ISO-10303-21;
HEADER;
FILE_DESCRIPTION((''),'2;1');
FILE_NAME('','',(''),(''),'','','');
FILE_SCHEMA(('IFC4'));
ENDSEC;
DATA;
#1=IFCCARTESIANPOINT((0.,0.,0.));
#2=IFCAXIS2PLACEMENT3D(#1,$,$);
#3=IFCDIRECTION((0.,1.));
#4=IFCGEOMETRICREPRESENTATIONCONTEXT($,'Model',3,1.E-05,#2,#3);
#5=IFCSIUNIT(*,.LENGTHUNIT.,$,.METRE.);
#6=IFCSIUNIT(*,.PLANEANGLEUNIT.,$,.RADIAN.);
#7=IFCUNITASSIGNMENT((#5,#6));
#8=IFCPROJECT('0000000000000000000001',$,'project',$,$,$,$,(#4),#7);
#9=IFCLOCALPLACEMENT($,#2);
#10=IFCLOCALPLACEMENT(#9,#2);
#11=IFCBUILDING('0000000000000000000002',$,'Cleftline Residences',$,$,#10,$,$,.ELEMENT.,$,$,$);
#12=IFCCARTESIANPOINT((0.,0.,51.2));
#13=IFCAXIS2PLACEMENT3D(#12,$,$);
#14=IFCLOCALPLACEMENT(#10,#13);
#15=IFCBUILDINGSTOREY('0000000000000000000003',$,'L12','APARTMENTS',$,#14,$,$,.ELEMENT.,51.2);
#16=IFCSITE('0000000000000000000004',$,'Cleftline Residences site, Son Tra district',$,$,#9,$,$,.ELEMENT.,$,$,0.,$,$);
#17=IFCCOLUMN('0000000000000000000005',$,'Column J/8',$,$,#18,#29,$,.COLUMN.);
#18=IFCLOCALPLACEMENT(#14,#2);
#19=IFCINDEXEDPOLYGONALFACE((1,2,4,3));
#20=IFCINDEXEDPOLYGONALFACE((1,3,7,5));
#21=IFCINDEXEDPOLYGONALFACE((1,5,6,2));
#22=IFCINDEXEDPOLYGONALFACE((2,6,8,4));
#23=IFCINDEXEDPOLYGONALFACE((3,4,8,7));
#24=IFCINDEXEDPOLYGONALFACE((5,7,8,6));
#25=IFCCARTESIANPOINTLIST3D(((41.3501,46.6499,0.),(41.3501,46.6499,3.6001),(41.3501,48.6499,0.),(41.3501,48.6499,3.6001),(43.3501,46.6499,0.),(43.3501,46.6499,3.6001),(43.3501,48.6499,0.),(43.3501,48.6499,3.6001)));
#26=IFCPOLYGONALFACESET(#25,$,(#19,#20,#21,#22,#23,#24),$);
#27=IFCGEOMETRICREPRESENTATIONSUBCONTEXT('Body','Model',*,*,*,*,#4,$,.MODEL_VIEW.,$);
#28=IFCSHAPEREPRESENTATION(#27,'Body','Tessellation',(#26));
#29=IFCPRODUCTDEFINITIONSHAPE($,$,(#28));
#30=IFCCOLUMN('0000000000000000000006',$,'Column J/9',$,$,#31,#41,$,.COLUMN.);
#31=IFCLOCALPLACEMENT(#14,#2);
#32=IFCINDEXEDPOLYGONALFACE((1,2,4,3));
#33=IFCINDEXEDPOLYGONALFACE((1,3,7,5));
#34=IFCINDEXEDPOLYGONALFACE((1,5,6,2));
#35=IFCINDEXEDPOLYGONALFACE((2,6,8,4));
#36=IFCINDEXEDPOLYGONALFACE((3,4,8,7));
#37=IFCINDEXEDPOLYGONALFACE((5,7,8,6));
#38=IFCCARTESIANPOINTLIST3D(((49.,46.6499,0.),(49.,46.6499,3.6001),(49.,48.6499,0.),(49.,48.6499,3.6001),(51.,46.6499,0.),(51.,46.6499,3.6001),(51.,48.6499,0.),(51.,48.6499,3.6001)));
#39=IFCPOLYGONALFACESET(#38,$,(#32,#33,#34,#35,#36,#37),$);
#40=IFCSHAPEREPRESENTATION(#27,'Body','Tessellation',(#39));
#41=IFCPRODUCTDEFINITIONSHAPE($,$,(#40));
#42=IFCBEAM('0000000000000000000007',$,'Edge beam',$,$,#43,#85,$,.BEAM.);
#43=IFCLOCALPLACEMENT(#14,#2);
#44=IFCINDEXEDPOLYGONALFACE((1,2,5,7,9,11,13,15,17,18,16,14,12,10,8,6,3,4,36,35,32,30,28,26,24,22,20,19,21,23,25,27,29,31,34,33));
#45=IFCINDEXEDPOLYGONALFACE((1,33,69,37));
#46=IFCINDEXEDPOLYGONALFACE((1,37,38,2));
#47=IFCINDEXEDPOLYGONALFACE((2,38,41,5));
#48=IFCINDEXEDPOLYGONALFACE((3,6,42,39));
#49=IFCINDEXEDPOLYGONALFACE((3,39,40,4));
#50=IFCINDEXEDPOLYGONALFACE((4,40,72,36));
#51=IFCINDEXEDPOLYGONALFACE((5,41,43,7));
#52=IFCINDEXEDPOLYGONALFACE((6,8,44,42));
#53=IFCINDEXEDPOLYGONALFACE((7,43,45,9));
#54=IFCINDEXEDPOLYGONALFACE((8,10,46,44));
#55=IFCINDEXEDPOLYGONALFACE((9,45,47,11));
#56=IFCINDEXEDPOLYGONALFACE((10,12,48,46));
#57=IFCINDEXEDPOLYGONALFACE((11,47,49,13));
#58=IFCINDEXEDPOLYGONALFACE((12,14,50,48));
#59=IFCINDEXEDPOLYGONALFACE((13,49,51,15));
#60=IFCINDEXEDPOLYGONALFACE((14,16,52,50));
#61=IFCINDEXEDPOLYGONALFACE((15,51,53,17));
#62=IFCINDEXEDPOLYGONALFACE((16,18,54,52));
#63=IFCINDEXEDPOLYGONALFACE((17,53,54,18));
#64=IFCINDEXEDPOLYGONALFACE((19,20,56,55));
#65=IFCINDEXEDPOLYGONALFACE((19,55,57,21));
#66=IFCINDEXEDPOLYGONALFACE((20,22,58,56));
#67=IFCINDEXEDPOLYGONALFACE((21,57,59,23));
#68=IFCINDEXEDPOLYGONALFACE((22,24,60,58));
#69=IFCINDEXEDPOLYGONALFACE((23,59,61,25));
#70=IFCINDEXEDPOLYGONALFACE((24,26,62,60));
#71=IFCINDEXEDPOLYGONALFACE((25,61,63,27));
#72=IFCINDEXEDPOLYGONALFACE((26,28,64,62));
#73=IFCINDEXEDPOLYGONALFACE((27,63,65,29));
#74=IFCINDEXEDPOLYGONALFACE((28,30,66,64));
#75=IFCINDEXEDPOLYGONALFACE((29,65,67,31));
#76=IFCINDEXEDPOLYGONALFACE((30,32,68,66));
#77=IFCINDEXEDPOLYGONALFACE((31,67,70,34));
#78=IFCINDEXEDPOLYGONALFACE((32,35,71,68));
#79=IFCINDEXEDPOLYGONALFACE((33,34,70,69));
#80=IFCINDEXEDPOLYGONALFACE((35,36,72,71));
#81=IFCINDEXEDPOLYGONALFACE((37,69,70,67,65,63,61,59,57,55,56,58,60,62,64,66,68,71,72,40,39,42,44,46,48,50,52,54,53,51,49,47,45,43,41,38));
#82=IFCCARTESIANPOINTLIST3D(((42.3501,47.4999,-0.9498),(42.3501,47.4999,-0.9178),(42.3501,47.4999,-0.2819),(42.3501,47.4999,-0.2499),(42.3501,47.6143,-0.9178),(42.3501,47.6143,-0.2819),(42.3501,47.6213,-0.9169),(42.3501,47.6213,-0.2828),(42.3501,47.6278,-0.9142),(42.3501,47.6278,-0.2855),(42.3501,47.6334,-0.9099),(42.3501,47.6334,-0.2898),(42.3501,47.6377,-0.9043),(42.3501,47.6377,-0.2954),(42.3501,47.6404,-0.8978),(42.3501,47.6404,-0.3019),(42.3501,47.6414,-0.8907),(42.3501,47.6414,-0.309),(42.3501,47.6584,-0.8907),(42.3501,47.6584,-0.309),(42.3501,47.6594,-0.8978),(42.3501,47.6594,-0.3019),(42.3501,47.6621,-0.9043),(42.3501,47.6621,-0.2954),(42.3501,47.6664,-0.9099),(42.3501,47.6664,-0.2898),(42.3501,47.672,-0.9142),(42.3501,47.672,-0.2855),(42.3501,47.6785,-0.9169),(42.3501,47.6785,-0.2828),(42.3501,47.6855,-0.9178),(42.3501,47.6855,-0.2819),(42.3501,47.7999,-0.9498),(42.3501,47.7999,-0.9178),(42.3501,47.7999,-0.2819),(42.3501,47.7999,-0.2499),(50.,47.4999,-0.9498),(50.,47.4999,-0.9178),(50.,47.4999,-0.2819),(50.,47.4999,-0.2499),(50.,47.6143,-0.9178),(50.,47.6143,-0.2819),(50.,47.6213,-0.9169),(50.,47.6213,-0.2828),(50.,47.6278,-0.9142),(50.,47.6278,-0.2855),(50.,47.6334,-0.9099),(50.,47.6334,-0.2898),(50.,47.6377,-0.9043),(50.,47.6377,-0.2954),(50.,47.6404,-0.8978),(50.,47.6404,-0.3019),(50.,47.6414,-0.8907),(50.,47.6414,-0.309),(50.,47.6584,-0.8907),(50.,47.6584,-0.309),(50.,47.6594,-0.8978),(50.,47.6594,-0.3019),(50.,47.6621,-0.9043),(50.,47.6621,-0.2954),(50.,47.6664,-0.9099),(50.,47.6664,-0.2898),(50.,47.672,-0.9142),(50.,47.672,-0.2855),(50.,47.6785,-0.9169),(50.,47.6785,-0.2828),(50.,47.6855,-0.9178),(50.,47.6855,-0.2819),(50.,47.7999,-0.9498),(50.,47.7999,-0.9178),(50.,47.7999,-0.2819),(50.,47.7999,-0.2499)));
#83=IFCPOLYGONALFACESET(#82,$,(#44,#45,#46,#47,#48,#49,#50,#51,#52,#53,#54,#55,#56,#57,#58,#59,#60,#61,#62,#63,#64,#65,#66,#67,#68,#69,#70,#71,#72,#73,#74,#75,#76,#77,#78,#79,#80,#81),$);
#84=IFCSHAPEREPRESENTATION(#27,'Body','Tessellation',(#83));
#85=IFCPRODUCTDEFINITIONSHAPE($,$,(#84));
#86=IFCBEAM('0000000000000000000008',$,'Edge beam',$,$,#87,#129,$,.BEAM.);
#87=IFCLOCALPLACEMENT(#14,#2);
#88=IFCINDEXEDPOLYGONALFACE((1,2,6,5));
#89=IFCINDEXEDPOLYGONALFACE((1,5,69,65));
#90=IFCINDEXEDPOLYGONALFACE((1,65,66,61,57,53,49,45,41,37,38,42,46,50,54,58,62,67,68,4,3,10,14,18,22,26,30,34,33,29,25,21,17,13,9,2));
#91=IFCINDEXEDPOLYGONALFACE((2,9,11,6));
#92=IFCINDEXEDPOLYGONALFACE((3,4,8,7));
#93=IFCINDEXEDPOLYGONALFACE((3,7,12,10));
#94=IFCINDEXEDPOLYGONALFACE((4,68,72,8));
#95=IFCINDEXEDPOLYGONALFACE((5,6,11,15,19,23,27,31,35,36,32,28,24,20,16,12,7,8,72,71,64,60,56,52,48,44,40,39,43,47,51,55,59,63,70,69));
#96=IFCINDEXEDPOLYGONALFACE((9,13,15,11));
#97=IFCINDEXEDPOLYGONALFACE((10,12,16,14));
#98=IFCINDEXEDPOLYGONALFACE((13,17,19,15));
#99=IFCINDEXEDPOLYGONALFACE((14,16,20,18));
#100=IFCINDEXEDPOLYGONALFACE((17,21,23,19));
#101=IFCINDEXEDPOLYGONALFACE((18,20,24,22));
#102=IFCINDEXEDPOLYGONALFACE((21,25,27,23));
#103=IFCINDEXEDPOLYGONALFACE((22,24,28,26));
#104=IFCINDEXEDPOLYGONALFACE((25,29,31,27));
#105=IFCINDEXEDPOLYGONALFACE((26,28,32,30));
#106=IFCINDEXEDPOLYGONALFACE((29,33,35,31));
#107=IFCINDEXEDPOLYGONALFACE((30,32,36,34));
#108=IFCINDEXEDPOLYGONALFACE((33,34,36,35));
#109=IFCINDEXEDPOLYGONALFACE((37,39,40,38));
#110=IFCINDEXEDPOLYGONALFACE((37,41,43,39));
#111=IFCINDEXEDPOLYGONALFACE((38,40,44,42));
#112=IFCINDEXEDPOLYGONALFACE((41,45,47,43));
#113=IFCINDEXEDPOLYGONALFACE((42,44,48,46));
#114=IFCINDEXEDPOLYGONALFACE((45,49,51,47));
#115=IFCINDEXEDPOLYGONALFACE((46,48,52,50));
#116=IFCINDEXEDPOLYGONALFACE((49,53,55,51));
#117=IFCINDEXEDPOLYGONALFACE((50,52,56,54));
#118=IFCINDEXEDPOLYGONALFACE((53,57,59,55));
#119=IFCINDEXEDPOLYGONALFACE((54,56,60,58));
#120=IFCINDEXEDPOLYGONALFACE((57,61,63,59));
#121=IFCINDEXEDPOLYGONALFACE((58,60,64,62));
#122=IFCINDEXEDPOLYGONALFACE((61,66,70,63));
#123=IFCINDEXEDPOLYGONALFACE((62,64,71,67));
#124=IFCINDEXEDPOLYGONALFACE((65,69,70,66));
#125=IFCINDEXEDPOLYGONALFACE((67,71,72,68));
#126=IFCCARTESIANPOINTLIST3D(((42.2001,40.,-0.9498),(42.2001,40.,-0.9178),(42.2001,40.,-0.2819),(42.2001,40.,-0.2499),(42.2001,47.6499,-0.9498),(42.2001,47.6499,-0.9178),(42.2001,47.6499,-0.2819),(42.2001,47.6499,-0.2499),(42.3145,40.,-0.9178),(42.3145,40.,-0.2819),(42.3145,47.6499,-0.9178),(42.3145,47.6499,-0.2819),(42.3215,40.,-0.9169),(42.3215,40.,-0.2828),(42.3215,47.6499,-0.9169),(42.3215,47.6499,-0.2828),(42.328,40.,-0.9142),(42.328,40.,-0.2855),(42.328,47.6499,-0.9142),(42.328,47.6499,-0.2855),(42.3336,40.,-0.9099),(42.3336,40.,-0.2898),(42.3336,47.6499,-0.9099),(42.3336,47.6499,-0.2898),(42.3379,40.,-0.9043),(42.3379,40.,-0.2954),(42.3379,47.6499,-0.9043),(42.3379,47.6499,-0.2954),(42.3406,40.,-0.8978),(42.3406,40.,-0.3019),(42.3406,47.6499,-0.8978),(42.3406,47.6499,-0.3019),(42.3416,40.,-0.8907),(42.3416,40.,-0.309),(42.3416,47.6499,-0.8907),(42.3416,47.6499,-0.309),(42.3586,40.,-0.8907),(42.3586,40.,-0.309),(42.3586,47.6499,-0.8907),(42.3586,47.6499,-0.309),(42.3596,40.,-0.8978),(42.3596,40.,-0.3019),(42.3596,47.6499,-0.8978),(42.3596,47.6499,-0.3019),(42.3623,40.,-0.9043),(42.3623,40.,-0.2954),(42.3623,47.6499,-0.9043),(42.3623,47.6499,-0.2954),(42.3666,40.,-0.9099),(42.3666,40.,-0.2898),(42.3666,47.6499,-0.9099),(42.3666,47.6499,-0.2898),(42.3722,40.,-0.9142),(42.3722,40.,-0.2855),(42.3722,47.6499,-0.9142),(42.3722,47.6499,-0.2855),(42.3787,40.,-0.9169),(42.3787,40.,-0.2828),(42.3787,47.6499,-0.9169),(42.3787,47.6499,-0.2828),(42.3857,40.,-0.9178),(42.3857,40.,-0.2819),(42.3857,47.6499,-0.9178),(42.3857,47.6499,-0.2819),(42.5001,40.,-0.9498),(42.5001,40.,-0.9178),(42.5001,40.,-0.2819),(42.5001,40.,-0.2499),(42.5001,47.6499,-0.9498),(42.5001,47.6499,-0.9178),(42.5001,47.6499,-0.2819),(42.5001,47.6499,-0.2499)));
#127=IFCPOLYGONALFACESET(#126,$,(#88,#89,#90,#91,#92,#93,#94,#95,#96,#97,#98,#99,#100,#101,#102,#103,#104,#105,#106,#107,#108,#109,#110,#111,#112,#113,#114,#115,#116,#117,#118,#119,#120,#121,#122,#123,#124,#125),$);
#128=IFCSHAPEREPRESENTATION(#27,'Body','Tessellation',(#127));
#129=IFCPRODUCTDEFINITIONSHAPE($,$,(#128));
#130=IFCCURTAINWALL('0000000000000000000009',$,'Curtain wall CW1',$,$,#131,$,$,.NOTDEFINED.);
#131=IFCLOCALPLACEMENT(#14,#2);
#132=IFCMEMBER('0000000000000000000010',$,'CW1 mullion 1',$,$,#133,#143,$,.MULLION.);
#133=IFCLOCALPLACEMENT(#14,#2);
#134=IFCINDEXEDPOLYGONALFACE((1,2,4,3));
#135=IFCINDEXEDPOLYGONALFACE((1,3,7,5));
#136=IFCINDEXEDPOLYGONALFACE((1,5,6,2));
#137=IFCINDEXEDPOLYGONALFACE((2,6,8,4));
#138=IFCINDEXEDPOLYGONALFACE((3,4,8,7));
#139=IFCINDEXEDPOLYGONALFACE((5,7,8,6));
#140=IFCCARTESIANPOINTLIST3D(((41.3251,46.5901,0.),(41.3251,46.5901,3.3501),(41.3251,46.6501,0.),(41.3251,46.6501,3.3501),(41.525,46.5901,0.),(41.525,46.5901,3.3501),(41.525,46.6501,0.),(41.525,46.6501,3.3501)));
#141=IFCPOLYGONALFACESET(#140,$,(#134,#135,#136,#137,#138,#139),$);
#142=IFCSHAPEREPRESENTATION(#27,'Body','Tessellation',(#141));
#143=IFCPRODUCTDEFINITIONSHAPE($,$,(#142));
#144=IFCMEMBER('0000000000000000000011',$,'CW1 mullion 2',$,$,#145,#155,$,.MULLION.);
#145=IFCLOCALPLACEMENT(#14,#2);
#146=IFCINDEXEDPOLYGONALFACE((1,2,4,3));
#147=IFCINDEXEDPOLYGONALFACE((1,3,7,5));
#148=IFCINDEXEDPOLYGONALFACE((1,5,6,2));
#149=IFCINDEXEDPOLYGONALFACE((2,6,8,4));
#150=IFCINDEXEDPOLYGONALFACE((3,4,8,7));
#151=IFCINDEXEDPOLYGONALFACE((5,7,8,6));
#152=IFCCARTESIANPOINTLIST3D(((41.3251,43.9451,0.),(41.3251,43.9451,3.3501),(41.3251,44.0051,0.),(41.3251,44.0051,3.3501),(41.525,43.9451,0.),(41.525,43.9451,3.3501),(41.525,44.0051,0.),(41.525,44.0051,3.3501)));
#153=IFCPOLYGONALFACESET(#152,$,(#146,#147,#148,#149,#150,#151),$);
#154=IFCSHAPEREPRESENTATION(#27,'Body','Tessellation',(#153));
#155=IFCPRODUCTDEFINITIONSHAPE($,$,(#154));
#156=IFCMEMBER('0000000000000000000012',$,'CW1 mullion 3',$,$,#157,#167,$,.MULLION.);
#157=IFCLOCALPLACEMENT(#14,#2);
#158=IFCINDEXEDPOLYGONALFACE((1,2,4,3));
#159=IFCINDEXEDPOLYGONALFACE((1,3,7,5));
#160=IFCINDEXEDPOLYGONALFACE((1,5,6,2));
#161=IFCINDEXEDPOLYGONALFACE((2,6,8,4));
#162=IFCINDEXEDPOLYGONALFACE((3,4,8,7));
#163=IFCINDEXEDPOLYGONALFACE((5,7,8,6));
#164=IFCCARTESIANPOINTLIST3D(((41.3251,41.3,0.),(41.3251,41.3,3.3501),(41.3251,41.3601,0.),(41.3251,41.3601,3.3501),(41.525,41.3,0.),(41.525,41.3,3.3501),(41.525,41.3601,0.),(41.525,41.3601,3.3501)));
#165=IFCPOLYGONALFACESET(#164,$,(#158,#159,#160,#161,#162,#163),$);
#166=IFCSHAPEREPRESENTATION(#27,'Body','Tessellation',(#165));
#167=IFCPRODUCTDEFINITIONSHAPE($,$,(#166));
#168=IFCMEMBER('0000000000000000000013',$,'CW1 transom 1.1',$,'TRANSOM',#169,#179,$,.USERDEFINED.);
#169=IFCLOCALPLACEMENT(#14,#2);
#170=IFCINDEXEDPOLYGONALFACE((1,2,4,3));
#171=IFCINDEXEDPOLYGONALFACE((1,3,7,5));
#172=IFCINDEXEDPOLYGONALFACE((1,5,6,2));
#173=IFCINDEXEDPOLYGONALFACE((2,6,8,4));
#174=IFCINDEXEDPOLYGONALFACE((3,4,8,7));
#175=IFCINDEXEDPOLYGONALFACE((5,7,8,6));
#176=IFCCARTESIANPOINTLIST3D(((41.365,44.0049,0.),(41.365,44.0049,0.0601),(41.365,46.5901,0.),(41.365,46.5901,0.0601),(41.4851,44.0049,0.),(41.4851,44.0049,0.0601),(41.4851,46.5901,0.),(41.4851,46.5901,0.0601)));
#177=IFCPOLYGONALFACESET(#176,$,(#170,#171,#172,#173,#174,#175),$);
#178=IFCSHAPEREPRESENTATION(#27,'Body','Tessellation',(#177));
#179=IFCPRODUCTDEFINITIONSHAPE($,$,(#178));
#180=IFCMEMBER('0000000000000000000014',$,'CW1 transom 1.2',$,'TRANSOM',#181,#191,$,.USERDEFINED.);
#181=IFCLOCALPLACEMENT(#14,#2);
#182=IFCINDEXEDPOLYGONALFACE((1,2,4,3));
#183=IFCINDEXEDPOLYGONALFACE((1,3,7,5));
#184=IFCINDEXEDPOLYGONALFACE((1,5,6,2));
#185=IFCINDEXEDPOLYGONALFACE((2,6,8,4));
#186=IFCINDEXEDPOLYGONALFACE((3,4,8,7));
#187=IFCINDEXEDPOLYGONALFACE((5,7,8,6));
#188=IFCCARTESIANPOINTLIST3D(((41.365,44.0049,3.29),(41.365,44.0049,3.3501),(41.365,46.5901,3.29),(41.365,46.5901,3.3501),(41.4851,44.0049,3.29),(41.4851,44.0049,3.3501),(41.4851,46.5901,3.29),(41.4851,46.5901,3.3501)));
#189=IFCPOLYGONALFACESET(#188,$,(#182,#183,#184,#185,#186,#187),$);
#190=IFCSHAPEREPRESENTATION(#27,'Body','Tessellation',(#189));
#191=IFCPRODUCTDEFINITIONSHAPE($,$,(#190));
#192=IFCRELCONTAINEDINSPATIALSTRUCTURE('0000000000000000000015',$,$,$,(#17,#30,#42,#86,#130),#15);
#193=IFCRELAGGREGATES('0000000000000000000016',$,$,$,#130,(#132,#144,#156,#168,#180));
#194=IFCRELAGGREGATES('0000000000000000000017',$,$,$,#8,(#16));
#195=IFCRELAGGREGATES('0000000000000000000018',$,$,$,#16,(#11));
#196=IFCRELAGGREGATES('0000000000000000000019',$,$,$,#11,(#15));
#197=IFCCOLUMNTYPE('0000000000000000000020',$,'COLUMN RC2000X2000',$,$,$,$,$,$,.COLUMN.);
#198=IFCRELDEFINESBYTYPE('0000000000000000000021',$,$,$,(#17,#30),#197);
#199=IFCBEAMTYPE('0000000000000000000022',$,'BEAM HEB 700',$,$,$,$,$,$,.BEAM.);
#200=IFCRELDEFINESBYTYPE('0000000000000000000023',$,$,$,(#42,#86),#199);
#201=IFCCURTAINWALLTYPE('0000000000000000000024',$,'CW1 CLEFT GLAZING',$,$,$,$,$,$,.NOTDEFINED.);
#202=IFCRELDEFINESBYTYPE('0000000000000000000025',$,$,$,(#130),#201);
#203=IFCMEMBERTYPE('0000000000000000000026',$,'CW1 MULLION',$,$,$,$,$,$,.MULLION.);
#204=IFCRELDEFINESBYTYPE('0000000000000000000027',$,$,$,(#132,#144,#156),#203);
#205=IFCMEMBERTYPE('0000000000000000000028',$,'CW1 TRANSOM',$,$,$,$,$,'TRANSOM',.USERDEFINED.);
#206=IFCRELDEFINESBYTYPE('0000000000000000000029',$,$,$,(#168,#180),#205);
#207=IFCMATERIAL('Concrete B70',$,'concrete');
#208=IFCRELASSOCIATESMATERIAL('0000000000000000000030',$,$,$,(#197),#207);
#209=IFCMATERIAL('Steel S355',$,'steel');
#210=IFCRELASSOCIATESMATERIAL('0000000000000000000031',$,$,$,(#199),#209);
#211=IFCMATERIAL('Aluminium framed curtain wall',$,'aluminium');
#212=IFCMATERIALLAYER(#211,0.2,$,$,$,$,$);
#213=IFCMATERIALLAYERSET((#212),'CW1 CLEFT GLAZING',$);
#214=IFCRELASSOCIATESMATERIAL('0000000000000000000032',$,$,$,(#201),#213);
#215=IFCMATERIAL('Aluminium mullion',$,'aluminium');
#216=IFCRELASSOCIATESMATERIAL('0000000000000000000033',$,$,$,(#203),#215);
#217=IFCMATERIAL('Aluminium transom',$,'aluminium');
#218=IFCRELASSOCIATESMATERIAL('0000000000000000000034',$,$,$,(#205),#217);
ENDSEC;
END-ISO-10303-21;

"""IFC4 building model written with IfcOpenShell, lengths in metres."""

from ifc_helpers import new_model, si_unit, direction, frame, origin, origin_2d, place, context, subcontext, project, spatial, rectangle, i_section, extrude, material, layer, layer_set, material_profile, profile_set, type_object, element, aggregate, save


model = new_model("IFC4")

# Units and contexts
model_context = context("Model", 3, precision=1e-05, world=origin(), true_north=direction((0.0, 1.0)))
body_context = subcontext(model_context, "Body", "Model", "MODEL_VIEW")
ifc_project = project(units=[si_unit("LENGTHUNIT", "METRE"), si_unit("PLANEANGLEUNIT", "RADIAN")], contexts=[model_context])

# Site, building, storey
site_placement = place(None, origin())
site = spatial("IfcSite", under=ifc_project, at=site_placement, Name="Cleftline Residences site, Son Tra district", CompositionType="ELEMENT", RefElevation=0.0)
building_placement = place(site_placement, origin())
building = spatial("IfcBuilding", under=site, at=building_placement, Name="Cleftline Residences", CompositionType="ELEMENT")
storey_placement = place(building_placement, frame((0.0, 0.0, 51.2)))
storey = spatial("IfcBuildingStorey", under=building, at=storey_placement, Name="L12", Description="APARTMENTS", CompositionType="ELEMENT", Elevation=51.2)

# Columns
ifc_material_1 = material(Name="Concrete B70", Category="concrete")
ifc_material_profile_1 = material_profile(ifc_material_1, rectangle(XDim=2.0, YDim=2.0, at=origin_2d()))
ifc_profile_set_1 = profile_set([ifc_material_profile_1], Name="Concrete B70")
column_type = type_object("IfcColumnType", Name="COLUMN RC2000X2000", PredefinedType="COLUMN", material=ifc_profile_set_1)
for number, where, z_axis, x_axis, name in (
    (1, (42.3501, 47.6499, 0.0), (0.0, 0.0, 1.0), (1.0, 0.0, 0.0), "Column J/8"),
    (2, (50.0, 47.6499, 0.0), (0.0, 0.0, 1.0), (1.0, 0.0, 0.0), "Column J/9"),
):
    element("IfcColumn", number, at=place(storey_placement, frame(where, z_axis=z_axis, x_axis=x_axis)), inside=storey, type_object=column_type, Name=name, PredefinedType="COLUMN", context=body_context, shape_type="SweptSolid", body=[
        extrude(rectangle(XDim=2.0, YDim=2.0, at=origin_2d()), origin(), (0.0, 0.0, 1.0), 3.6001),
    ])

# Beams
ifc_material_2 = material(Name="Steel S355", Category="steel")
ifc_material_profile_2 = material_profile(ifc_material_2, i_section(OverallWidth=0.3, OverallDepth=0.7, WebThickness=0.0171, FlangeThickness=0.032, FilletRadius=0.0271, at=origin_2d()))
ifc_profile_set_2 = profile_set([ifc_material_profile_2], Name="Steel S355")
beam_type = type_object("IfcBeamType", Name="BEAM HEB 700", PredefinedType="BEAM", material=ifc_profile_set_2)
for number, where, z_axis, x_axis, name in (
    (3, (50.0, 47.6499, -0.5999), (-1.0, 0.0, 0.0), (0.0, -1.0, 0.0), "Edge beam"),
    (4, (42.3501, 47.6499, -0.5999), (0.0, -1.0, 0.0), (1.0, 0.0, 0.0), "Edge beam"),
):
    element("IfcBeam", number, at=place(storey_placement, frame(where, z_axis=z_axis, x_axis=x_axis)), inside=storey, type_object=beam_type, Name=name, PredefinedType="BEAM", context=body_context, shape_type="SweptSolid", body=[
        extrude(i_section(OverallWidth=0.3, OverallDepth=0.7, WebThickness=0.0171, FlangeThickness=0.032, FilletRadius=0.0271, at=origin_2d()), origin(), (0.0, 0.0, 1.0), 7.6499),
    ])

# Curtain wall, members
ifc_material_3 = material(Name="Aluminium framed curtain wall", Category="aluminium")
ifc_layer_1 = layer(ifc_material_3, 0.2)
ifc_layer_set_1 = layer_set([ifc_layer_1], Name="CW1 CLEFT GLAZING")
curtain_wall_type = type_object("IfcCurtainWallType", Name="CW1 CLEFT GLAZING", PredefinedType="NOTDEFINED", material=ifc_layer_set_1)
curtain_wall_placement = place(storey_placement, origin())
curtain_wall = element("IfcCurtainWall", 5, at=curtain_wall_placement, inside=storey, type_object=curtain_wall_type, Name="Curtain wall CW1", PredefinedType="NOTDEFINED")
ifc_material_4 = material(Name="Aluminium mullion", Category="aluminium")
ifc_material_profile_3 = material_profile(ifc_material_4, rectangle(XDim=0.2, YDim=0.0601, at=origin_2d()))
ifc_profile_set_3 = profile_set([ifc_material_profile_3], Name="Aluminium mullion")
member_type_1 = type_object("IfcMemberType", Name="CW1 MULLION", PredefinedType="MULLION", material=ifc_profile_set_3)
member_1_placement = place(storey_placement, frame((41.425, 46.6201, 0.0), z_axis=(0.0, 0.0, 1.0), x_axis=(1.0, 0.0, 0.0)))
member_1 = element("IfcMember", 6, at=member_1_placement, type_object=member_type_1, Name="CW1 mullion 1", PredefinedType="MULLION", context=body_context, shape_type="SweptSolid", body=[
    extrude(rectangle(XDim=0.2, YDim=0.0601, at=origin_2d()), origin(), (0.0, 0.0, 1.0), 3.3501),
])
member_2_placement = place(storey_placement, frame((41.425, 43.9751, 0.0), z_axis=(0.0, 0.0, 1.0), x_axis=(1.0, 0.0, 0.0)))
member_2 = element("IfcMember", 7, at=member_2_placement, type_object=member_type_1, Name="CW1 mullion 2", PredefinedType="MULLION", context=body_context, shape_type="SweptSolid", body=[
    extrude(rectangle(XDim=0.2, YDim=0.0601, at=origin_2d()), origin(), (0.0, 0.0, 1.0), 3.3501),
])
member_3_placement = place(storey_placement, frame((41.425, 41.3301, 0.0), z_axis=(0.0, 0.0, 1.0), x_axis=(1.0, 0.0, 0.0)))
member_3 = element("IfcMember", 8, at=member_3_placement, type_object=member_type_1, Name="CW1 mullion 3", PredefinedType="MULLION", context=body_context, shape_type="SweptSolid", body=[
    extrude(rectangle(XDim=0.2, YDim=0.0601, at=origin_2d()), origin(), (0.0, 0.0, 1.0), 3.3501),
])
ifc_material_5 = material(Name="Aluminium transom", Category="aluminium")
ifc_material_profile_4 = material_profile(ifc_material_5, rectangle(XDim=0.1201, YDim=0.0601, at=origin_2d()))
ifc_profile_set_4 = profile_set([ifc_material_profile_4], Name="Aluminium transom")
member_type_2 = type_object("IfcMemberType", Name="CW1 TRANSOM", ElementType="TRANSOM", PredefinedType="USERDEFINED", material=ifc_profile_set_4)
member_4_placement = place(storey_placement, frame((41.425, 46.5901, 0.03), z_axis=(0.0, -1.0, 0.0), x_axis=(1.0, 0.0, 0.0)))
member_4 = element("IfcMember", 9, at=member_4_placement, type_object=member_type_2, Name="CW1 transom 1.1", ObjectType="TRANSOM", PredefinedType="USERDEFINED", context=body_context, shape_type="SweptSolid", body=[
    extrude(rectangle(XDim=0.1201, YDim=0.0601, at=origin_2d()), origin(), (0.0, 0.0, 1.0), 2.5852),
])
member_5_placement = place(storey_placement, frame((41.425, 46.5901, 3.3201), z_axis=(0.0, -1.0, 0.0), x_axis=(1.0, 0.0, 0.0)))
member_5 = element("IfcMember", 10, at=member_5_placement, type_object=member_type_2, Name="CW1 transom 1.2", ObjectType="TRANSOM", PredefinedType="USERDEFINED", context=body_context, shape_type="SweptSolid", body=[
    extrude(rectangle(XDim=0.1201, YDim=0.0601, at=origin_2d()), origin(), (0.0, 0.0, 1.0), 2.5852),
])
aggregate(curtain_wall, [member_1, member_2, member_3, member_4, member_5])

save(model, "model.ifc")
